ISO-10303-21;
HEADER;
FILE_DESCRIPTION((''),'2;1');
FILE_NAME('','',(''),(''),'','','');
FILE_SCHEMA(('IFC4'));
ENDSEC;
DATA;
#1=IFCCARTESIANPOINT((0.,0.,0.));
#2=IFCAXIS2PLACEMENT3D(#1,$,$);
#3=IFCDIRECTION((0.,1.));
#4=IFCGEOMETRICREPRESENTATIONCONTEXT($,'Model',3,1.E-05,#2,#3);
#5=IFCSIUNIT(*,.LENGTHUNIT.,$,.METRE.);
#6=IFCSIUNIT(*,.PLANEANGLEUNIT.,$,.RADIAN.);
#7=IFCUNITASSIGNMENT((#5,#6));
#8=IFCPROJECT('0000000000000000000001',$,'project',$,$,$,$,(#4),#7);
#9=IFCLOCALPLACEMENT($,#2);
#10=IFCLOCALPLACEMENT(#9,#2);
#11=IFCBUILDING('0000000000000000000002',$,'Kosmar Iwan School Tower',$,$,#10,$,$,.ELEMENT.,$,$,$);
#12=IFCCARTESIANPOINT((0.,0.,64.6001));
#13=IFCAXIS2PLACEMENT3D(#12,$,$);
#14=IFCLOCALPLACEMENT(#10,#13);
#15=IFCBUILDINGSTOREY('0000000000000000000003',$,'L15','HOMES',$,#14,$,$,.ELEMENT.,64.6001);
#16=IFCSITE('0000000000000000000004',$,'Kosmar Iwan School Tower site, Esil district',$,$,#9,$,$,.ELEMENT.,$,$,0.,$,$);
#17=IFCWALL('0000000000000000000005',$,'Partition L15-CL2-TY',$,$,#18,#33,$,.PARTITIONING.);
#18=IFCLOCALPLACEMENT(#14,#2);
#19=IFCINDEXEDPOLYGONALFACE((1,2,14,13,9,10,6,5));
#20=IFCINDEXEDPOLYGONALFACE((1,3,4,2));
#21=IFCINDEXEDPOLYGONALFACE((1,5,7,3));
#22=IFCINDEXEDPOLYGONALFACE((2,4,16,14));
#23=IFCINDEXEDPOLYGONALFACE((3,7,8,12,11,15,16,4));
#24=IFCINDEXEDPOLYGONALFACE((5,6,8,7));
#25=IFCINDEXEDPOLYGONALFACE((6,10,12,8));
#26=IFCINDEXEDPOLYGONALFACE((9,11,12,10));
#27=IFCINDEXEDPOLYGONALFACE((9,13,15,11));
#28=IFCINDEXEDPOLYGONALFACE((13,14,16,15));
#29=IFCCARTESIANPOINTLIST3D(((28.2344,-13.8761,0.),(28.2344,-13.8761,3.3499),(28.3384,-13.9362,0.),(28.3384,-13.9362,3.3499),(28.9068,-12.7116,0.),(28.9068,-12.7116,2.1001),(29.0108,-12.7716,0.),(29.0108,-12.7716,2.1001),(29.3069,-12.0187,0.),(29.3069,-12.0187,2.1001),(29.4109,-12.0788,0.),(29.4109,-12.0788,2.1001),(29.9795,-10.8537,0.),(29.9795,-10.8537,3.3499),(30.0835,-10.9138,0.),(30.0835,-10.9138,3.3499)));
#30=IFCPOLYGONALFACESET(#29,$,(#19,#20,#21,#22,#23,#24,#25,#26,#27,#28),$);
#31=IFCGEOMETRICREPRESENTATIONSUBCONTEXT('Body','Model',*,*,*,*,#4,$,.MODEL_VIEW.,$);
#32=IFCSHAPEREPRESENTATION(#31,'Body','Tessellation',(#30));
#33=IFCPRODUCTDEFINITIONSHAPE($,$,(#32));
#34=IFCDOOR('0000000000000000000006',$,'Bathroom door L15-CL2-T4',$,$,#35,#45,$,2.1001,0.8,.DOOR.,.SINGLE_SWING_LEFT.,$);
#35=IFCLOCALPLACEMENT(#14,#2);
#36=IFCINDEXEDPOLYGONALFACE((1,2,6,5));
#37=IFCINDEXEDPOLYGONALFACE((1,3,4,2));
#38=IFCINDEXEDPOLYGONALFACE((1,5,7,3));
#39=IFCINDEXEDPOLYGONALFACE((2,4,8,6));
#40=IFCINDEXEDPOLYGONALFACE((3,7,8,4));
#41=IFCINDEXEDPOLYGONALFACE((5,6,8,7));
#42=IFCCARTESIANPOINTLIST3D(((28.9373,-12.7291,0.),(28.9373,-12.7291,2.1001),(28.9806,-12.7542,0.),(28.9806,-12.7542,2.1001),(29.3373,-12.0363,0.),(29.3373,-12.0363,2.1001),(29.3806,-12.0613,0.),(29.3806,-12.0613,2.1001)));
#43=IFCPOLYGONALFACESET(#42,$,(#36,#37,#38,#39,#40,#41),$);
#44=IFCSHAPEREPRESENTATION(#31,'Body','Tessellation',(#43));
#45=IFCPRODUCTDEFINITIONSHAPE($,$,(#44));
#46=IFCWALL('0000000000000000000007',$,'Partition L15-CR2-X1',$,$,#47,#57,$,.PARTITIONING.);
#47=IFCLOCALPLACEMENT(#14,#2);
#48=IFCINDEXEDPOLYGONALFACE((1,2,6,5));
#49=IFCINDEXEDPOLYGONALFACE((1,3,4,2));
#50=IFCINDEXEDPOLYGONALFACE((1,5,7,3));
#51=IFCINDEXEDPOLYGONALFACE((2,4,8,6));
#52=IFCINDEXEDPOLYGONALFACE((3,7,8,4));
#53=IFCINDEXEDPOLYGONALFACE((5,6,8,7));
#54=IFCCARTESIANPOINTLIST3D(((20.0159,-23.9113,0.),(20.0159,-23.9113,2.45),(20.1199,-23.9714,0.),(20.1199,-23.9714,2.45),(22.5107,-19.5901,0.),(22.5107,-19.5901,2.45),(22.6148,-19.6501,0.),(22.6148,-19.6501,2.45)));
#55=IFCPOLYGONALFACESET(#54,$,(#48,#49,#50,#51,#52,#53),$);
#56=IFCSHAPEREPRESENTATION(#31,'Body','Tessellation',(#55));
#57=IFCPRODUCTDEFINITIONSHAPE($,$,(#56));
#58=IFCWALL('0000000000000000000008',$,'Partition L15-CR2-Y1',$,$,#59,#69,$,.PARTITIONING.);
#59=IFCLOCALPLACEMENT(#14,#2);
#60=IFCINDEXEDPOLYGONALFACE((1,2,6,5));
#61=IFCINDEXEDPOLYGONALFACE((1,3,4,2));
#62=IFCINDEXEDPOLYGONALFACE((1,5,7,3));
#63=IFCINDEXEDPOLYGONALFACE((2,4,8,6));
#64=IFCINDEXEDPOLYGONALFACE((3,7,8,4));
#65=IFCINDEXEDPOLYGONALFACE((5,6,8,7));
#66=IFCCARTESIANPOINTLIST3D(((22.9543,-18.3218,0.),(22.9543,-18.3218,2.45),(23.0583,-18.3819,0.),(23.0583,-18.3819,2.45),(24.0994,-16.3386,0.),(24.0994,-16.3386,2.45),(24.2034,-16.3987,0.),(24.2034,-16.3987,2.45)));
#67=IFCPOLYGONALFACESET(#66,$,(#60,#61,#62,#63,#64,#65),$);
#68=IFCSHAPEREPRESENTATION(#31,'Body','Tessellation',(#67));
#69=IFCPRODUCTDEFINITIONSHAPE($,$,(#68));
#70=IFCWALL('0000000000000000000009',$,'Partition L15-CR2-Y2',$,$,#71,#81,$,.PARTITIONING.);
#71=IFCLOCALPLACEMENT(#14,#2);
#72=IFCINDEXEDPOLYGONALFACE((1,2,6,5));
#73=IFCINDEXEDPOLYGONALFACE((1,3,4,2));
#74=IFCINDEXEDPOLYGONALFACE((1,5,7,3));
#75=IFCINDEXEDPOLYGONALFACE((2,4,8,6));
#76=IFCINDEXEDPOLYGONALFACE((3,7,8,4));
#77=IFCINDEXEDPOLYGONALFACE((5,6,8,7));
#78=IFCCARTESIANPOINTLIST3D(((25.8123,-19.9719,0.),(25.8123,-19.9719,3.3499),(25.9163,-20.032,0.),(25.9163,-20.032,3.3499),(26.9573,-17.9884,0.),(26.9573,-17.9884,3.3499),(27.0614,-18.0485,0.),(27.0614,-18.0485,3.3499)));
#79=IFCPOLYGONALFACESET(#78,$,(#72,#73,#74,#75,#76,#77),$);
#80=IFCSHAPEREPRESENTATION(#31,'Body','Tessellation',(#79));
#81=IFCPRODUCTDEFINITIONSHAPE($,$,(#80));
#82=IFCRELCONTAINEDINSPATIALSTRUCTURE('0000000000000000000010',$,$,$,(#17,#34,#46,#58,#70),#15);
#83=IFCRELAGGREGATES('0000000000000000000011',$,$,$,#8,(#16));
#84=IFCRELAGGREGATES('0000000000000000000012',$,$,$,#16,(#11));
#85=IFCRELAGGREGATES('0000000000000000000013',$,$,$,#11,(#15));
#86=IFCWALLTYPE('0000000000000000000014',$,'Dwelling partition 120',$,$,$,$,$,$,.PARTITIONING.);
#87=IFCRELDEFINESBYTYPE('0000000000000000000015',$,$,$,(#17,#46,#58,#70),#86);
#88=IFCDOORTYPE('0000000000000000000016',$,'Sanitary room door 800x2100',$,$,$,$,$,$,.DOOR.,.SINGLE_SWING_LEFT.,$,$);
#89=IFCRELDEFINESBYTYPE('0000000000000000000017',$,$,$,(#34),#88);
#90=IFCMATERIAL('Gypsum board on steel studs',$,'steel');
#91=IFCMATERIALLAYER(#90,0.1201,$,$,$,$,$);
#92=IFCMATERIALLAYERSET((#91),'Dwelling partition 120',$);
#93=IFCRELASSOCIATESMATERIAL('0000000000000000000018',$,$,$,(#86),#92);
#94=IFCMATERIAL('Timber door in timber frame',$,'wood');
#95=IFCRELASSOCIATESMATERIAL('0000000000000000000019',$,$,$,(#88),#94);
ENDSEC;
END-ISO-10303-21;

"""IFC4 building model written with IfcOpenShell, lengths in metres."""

from ifc_helpers import new_model, si_unit, direction, frame, frame_2d, origin, place, context, subcontext, project, spatial, rectangle, extrude, material, layer, layer_set, type_object, element, fill, save


model = new_model("IFC4")

# Units and contexts
model_context = context("Model", 3, precision=1e-05, world=origin(), true_north=direction((0.0, 1.0)))
body_context = subcontext(model_context, "Body", "Model", "MODEL_VIEW")
ifc_project = project(units=[si_unit("LENGTHUNIT", "METRE"), si_unit("PLANEANGLEUNIT", "RADIAN")], contexts=[model_context])

# Site, building, storey
site_placement = place(None, origin())
site = spatial("IfcSite", under=ifc_project, at=site_placement, Name="Kosmar Iwan School Tower site, Esil district", CompositionType="ELEMENT", RefElevation=0.0)
building_placement = place(site_placement, origin())
building = spatial("IfcBuilding", under=site, at=building_placement, Name="Kosmar Iwan School Tower", CompositionType="ELEMENT")
storey_placement = place(building_placement, frame((0.0, 0.0, 64.6001)))
storey = spatial("IfcBuildingStorey", under=building, at=storey_placement, Name="L15", Description="HOMES", CompositionType="ELEMENT", Elevation=64.6001)

# Wall, opening, door
ifc_material_1 = material(Name="Gypsum board on steel studs", Category="steel")
ifc_layer_1 = layer(ifc_material_1, 0.1201)
ifc_layer_set_1 = layer_set([ifc_layer_1], Name="Dwelling partition 120")
wall_type_1 = type_object("IfcWallType", Name="Dwelling partition 120", PredefinedType="PARTITIONING", material=ifc_layer_set_1)
wall_1_placement = place(storey_placement, frame((28.2864, -13.9062, 0.0), z_axis=(0.0, 0.0, 1.0), x_axis=(0.500021, 0.866013, 0.0)))
wall_1 = element("IfcWall", 1, at=wall_1_placement, inside=storey, type_object=wall_type_1, Name="Partition L15-CL2-TY", PredefinedType="PARTITIONING", context=body_context, shape_type="SweptSolid", body=[
    extrude(rectangle(XDim=3.49, YDim=0.1201, at=frame_2d((1.7451, 0.0))), origin(), (0.0, 0.0, 1.0), 3.3499),
])
opening_1_placement = place(wall_1_placement, frame((1.345, 0.0, 0.0)))
opening_1 = element("IfcOpeningElement", 2, at=opening_1_placement, cuts=wall_1, PredefinedType="OPENING", context=body_context, shape_type="SweptSolid", body=[
    extrude(rectangle(XDim=0.8, YDim=2.1001, at=frame_2d((0.3999, 1.05))), frame((0.0, 0.072, 0.0), z_axis=(0.0, -1.0, 0.0), x_axis=(1.0, 0.0, 0.0)), (0.0, 0.0, 1.0), 0.144),
])
ifc_material_2 = material(Name="Timber door in timber frame", Category="wood")
door_type_1 = type_object("IfcDoorType", Name="Sanitary room door 800x2100", OperationType="SINGLE_SWING_LEFT", PredefinedType="DOOR", material=ifc_material_2)
door_1_placement = place(opening_1_placement, origin())
door_1 = element("IfcDoor", 3, at=door_1_placement, inside=storey, type_object=door_type_1, Name="Bathroom door L15-CL2-T4", OperationType="SINGLE_SWING_LEFT", OverallHeight=2.1001, OverallWidth=0.8, PredefinedType="DOOR", context=body_context, shape_type="SweptSolid", body=[
    extrude(rectangle(XDim=0.8, YDim=2.1001, at=frame_2d((0.3999, 1.05))), frame((0.0, 0.0249, 0.0), z_axis=(0.0, -1.0, 0.0), x_axis=(1.0, 0.0, 0.0)), (0.0, 0.0, 1.0), 0.05),
])
fill(opening_1, door_1)

# Walls
wall_2_placement = place(storey_placement, frame((22.5627, -19.6201, 0.0), z_axis=(0.0, 0.0, 1.0), x_axis=(-0.499996, -0.866028, 0.0)))
element("IfcWall", 4, at=wall_2_placement, inside=storey, type_object=wall_type_1, Name="Partition L15-CR2-X1", PredefinedType="PARTITIONING", context=body_context, shape_type="SweptSolid", body=[
    extrude(rectangle(XDim=4.9897, YDim=0.1201, at=frame_2d((2.4949, 0.0))), origin(), (0.0, 0.0, 1.0), 2.45),
])
wall_3_placement = place(storey_placement, frame((24.1514, -16.3687, 0.0), z_axis=(0.0, 0.0, 1.0), x_axis=(-0.500015, -0.866017, 0.0)))
element("IfcWall", 5, at=wall_3_placement, inside=storey, type_object=wall_type_1, Name="Partition L15-CR2-Y1", PredefinedType="PARTITIONING", context=body_context, shape_type="SweptSolid", body=[
    extrude(rectangle(XDim=2.29, YDim=0.1201, at=frame_2d((1.145, 0.0))), origin(), (0.0, 0.0, 1.0), 2.45),
])
wall_4_placement = place(storey_placement, frame((27.0093, -18.0186, 0.0), z_axis=(0.0, 0.0, 1.0), x_axis=(-0.499969, -0.866044, 0.0)))
element("IfcWall", 6, at=wall_4_placement, inside=storey, type_object=wall_type_1, Name="Partition L15-CR2-Y2", PredefinedType="PARTITIONING", context=body_context, shape_type="SweptSolid", body=[
    extrude(rectangle(XDim=2.2903, YDim=0.1201, at=frame_2d((1.145, 0.0))), origin(), (0.0, 0.0, 1.0), 3.3499),
])

save(model, "model.ifc")
